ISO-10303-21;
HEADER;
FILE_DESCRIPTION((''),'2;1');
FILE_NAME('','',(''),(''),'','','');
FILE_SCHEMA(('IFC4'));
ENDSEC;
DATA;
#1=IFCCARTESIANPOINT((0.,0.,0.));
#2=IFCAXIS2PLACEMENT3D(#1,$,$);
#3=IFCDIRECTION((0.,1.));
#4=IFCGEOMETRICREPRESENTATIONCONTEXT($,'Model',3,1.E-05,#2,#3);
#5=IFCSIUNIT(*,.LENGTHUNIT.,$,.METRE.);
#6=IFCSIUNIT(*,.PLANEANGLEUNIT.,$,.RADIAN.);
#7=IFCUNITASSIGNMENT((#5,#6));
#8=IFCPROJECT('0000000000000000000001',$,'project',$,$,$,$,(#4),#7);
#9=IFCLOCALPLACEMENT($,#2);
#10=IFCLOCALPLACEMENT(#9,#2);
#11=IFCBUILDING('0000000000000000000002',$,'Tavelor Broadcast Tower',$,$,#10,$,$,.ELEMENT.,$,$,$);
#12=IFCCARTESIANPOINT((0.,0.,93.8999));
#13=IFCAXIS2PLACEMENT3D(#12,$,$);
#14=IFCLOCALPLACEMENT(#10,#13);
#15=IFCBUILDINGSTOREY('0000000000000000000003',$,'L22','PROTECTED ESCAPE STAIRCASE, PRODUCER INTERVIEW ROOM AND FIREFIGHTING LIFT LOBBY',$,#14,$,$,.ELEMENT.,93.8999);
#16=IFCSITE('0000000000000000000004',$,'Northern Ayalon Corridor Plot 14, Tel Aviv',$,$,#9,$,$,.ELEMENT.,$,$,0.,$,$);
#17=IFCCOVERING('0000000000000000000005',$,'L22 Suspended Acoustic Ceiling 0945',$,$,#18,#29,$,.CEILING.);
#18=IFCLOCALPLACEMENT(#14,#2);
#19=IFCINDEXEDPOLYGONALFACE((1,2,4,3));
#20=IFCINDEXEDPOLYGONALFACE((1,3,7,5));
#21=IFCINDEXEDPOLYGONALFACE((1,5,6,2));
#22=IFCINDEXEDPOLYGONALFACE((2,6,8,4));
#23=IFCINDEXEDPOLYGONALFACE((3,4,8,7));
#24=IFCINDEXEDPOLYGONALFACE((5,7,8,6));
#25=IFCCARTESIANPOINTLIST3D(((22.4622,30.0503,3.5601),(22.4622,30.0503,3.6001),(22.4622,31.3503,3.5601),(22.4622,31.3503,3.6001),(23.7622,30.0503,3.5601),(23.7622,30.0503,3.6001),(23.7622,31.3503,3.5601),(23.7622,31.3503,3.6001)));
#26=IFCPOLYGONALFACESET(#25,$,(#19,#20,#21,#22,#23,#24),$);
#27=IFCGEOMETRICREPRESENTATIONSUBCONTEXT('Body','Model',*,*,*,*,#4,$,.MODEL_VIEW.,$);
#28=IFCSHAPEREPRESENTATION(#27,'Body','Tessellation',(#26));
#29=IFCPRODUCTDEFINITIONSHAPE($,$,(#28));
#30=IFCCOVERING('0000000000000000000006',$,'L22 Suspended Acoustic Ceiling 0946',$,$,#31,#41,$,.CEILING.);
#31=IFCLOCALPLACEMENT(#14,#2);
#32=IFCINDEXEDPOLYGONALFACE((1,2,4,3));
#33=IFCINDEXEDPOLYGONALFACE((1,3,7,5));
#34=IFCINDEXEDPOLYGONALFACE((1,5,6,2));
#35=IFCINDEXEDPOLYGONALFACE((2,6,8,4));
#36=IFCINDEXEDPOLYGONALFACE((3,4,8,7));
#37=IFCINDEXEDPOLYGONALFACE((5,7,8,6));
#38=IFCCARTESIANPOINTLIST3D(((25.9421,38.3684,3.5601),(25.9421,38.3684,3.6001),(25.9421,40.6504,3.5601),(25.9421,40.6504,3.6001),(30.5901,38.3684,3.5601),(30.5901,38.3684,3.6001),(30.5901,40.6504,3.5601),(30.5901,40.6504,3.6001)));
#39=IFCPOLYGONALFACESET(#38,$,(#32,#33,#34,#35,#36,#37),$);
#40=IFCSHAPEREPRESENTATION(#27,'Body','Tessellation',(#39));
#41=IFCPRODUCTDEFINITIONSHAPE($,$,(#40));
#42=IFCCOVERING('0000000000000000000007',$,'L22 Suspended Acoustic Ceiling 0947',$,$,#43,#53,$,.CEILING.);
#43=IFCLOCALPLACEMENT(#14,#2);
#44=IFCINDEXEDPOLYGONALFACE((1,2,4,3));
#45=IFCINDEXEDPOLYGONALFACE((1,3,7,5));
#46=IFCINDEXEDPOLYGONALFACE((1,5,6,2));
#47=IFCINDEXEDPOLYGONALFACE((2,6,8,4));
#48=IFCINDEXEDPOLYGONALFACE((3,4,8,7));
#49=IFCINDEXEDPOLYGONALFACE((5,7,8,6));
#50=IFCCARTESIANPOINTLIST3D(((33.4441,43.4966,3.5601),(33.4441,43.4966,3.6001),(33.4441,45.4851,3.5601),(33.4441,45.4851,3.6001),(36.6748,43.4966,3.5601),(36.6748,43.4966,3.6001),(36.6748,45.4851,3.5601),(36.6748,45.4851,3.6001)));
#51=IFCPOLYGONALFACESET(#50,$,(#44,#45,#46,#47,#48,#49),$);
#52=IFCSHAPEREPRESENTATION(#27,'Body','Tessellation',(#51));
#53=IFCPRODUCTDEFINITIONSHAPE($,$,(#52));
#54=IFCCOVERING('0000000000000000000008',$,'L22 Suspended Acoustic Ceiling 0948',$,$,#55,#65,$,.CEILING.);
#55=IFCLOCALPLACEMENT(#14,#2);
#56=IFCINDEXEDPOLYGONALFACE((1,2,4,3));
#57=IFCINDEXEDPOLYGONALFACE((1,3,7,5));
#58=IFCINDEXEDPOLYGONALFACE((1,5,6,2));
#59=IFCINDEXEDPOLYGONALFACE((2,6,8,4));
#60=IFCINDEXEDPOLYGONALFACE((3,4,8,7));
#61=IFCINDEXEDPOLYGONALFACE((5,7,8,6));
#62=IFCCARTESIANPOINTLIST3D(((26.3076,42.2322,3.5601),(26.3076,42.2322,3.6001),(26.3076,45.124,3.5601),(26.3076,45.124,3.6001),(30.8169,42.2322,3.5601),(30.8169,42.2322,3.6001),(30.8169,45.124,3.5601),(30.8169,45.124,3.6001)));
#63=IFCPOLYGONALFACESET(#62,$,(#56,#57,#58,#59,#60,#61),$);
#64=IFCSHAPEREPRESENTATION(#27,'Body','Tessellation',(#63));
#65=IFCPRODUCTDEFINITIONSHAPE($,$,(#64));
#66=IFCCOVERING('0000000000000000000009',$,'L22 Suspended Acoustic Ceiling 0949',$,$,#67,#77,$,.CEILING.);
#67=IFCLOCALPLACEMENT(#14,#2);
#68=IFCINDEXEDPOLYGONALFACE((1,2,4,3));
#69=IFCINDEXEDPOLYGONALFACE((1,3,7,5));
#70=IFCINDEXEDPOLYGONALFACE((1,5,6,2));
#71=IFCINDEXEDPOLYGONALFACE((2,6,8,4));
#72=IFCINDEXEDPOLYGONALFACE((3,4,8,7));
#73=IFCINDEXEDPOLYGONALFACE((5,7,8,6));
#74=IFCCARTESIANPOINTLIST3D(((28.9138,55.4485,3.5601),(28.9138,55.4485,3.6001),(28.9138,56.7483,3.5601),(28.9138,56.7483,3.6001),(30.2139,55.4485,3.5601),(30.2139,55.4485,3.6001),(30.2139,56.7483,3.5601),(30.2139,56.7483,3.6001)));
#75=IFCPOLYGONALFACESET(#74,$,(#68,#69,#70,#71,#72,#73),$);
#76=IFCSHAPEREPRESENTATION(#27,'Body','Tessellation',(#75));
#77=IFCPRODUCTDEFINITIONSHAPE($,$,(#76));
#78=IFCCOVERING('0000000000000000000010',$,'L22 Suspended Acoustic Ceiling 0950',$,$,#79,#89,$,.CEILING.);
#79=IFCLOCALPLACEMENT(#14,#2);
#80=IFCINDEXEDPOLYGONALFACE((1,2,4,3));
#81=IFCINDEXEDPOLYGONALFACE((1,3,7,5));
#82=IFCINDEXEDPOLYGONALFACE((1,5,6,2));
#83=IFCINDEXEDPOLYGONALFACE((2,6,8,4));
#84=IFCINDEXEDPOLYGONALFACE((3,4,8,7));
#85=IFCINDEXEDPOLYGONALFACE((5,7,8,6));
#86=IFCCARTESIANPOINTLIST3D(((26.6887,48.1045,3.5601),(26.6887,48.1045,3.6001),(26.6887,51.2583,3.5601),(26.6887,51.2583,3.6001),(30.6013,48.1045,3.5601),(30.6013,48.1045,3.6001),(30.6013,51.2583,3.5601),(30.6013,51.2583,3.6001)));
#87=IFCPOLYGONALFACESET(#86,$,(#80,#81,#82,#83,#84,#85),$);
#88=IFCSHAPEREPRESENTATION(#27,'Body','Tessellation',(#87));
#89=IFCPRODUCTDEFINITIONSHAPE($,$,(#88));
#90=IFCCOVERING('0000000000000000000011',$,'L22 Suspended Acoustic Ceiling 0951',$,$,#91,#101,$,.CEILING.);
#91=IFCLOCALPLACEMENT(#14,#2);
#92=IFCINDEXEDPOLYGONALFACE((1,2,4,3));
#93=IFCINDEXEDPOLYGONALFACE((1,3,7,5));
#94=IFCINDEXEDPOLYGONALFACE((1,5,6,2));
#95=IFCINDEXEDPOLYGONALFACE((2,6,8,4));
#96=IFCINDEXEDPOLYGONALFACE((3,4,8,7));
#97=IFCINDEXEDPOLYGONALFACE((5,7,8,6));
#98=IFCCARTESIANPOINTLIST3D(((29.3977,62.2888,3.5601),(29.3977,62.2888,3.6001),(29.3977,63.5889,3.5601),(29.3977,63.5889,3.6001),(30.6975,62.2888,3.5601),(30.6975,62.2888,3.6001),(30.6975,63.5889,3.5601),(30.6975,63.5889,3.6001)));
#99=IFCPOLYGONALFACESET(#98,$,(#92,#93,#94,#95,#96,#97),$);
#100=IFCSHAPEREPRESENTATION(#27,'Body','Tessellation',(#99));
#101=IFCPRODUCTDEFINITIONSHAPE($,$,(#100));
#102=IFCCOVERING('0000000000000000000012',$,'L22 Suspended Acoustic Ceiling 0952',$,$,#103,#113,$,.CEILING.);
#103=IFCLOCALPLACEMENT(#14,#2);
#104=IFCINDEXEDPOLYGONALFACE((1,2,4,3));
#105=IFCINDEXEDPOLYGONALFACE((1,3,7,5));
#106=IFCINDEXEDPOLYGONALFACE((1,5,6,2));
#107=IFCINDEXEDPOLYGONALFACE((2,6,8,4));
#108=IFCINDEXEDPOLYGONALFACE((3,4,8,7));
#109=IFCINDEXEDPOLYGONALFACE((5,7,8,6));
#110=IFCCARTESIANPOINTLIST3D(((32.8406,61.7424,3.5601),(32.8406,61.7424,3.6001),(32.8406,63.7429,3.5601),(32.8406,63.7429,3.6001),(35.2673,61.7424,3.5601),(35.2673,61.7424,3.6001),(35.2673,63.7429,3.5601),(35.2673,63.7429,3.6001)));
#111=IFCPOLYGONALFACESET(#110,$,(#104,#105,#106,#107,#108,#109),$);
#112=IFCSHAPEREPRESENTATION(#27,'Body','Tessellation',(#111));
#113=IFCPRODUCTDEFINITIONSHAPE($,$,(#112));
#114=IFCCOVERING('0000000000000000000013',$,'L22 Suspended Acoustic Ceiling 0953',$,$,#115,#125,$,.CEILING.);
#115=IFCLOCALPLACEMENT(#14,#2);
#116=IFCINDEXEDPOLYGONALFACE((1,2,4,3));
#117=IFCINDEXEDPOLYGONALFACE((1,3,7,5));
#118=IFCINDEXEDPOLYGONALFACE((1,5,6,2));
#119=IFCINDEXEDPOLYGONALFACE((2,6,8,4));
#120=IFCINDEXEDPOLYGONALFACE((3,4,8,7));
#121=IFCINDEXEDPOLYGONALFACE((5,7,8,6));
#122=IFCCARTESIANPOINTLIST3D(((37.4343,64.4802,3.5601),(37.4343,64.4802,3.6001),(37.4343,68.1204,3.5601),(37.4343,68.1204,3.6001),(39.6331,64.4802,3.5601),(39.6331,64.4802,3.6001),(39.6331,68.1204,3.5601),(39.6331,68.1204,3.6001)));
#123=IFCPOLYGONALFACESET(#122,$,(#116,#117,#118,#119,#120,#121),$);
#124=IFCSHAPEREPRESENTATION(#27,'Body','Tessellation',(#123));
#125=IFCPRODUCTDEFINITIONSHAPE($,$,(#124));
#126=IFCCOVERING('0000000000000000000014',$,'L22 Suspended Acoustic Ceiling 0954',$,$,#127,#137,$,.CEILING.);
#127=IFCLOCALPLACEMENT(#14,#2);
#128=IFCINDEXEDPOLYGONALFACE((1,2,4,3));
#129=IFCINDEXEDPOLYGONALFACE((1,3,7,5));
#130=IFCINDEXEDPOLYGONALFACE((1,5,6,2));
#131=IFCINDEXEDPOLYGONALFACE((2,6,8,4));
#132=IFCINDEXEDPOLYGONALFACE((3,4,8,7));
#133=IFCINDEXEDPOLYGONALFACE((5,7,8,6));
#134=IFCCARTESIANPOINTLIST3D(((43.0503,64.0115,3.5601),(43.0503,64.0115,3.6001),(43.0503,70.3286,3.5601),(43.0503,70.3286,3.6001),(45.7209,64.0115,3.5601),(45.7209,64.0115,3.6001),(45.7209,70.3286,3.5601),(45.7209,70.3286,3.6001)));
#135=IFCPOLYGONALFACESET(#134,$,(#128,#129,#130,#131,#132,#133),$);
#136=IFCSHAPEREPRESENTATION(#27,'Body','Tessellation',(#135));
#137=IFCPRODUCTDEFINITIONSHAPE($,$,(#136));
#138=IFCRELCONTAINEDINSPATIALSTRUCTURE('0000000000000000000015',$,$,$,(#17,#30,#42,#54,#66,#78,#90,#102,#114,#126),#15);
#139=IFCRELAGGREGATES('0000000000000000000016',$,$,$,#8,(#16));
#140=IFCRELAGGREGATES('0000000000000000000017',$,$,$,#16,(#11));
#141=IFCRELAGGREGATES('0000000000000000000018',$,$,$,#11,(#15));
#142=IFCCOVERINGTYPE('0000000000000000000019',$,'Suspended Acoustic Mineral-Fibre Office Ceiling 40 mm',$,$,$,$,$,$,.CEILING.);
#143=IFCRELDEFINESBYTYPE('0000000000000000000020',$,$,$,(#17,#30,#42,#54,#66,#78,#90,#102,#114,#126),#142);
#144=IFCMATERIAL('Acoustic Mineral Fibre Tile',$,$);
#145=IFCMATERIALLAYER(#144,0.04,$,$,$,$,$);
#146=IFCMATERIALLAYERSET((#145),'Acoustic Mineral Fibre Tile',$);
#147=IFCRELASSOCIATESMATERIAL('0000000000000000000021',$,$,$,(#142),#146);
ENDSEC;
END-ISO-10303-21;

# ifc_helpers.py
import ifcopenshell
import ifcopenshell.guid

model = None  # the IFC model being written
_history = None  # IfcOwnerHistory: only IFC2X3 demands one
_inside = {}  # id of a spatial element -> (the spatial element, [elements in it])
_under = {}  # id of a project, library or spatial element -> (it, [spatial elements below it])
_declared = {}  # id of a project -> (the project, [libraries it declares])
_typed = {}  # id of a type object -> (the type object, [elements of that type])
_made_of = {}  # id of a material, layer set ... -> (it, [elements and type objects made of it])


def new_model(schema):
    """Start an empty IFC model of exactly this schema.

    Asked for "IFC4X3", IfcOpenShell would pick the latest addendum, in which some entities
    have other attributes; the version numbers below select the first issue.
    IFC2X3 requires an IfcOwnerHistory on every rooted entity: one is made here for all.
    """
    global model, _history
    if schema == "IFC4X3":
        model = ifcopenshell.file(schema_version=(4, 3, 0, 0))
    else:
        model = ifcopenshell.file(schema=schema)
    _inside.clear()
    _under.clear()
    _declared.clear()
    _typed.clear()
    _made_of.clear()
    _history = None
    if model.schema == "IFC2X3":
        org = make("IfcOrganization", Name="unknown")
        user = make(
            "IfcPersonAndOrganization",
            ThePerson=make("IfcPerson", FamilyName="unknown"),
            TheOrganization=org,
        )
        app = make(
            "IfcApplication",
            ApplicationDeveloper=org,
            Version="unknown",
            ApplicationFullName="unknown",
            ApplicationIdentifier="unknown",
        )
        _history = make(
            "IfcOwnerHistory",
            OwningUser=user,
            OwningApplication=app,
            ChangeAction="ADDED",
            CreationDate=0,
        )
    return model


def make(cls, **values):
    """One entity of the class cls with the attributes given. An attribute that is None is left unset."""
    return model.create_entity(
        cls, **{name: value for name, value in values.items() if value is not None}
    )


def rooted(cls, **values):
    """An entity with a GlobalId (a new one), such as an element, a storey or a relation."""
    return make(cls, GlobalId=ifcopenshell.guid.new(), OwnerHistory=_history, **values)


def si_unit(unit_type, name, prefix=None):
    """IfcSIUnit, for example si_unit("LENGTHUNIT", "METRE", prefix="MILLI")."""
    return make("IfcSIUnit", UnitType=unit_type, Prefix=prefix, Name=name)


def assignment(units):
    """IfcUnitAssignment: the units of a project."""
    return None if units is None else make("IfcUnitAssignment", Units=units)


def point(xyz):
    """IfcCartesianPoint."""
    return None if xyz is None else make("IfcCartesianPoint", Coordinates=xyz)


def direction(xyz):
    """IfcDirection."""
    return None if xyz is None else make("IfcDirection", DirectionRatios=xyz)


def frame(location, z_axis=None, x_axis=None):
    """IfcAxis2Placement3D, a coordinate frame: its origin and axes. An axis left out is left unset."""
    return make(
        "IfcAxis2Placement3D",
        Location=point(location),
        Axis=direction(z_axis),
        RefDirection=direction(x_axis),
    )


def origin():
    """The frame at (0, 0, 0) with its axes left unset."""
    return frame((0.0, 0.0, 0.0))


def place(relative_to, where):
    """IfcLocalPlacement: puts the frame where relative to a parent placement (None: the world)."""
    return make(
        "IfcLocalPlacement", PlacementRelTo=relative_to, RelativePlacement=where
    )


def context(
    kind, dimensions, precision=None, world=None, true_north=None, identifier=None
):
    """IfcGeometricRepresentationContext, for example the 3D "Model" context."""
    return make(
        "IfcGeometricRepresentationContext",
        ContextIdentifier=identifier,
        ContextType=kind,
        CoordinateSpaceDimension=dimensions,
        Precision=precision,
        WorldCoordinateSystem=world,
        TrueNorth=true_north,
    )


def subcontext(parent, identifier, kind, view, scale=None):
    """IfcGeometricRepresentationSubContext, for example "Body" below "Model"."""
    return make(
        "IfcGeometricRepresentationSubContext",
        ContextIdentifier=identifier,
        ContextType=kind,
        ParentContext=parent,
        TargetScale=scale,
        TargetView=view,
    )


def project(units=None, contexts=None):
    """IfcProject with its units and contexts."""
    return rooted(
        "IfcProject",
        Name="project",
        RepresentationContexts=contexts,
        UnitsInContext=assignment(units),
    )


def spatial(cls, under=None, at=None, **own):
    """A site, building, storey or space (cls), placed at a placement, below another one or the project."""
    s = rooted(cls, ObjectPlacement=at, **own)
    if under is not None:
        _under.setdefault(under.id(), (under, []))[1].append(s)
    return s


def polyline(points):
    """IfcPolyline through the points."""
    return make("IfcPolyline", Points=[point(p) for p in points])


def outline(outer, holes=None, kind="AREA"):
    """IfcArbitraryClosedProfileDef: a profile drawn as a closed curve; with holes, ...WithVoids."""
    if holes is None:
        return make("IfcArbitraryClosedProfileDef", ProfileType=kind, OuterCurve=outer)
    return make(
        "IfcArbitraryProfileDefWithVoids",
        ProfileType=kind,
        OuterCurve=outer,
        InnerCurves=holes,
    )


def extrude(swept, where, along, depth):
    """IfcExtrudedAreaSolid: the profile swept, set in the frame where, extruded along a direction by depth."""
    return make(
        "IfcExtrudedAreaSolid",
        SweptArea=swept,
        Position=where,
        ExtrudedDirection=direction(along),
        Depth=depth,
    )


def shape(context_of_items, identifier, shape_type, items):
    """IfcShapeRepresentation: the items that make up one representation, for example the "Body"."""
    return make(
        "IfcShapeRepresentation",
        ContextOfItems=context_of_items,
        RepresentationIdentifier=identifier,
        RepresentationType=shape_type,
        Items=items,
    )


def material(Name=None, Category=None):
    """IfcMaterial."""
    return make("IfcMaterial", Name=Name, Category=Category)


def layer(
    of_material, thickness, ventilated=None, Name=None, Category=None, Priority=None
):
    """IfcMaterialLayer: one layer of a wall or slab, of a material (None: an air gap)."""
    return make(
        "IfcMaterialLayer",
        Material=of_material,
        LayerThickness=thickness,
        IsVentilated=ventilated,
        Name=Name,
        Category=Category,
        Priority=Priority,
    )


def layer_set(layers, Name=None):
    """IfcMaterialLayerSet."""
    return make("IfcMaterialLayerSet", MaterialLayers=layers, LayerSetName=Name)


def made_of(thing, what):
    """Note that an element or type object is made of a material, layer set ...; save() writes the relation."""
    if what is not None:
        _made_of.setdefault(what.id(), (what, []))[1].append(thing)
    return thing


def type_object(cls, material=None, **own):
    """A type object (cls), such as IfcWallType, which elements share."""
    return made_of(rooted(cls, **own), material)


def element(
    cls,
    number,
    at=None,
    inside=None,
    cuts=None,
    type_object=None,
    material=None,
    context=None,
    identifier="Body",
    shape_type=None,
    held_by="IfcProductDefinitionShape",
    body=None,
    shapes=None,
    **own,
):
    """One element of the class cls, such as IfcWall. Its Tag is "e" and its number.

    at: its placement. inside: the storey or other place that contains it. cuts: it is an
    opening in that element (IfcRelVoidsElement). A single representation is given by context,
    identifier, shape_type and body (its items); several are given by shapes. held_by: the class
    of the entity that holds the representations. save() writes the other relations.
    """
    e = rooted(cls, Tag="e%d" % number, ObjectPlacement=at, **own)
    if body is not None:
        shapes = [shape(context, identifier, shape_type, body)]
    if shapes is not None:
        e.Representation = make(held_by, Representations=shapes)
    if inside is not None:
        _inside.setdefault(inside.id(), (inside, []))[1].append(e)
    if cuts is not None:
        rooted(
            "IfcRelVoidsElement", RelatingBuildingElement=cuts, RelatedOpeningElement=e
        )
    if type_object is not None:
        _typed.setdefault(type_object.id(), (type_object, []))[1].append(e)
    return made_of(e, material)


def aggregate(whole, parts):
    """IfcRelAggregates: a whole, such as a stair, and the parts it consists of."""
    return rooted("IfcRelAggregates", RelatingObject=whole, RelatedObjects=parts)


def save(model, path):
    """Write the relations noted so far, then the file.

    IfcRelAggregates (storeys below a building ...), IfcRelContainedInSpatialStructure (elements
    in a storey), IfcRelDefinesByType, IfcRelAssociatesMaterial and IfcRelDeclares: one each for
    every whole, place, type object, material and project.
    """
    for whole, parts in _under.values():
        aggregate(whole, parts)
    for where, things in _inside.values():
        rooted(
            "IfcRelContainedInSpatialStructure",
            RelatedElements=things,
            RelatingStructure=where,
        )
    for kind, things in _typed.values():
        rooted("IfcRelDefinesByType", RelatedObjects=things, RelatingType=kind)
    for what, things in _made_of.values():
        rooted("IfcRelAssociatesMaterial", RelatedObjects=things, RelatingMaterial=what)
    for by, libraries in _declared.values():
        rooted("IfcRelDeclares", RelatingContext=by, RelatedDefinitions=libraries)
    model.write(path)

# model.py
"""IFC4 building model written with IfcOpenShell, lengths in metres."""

from ifc_helpers import new_model, si_unit, direction, frame, origin, place, context, subcontext, project, spatial, polyline, outline, extrude, material, layer, layer_set, type_object, element, save


model = new_model("IFC4")

# Units and contexts
model_context = context("Model", 3, precision=1e-05, world=origin(), true_north=direction((0.0, 1.0)))
body_context = subcontext(model_context, "Body", "Model", "MODEL_VIEW")
ifc_project = project(units=[si_unit("LENGTHUNIT", "METRE"), si_unit("PLANEANGLEUNIT", "RADIAN")], contexts=[model_context])

# Site, building, storey
site_placement = place(None, origin())
site = spatial("IfcSite", under=ifc_project, at=site_placement, Name="Northern Ayalon Corridor Plot 14, Tel Aviv", CompositionType="ELEMENT", RefElevation=0.0)
building_placement = place(site_placement, origin())
building = spatial("IfcBuilding", under=site, at=building_placement, Name="Tavelor Broadcast Tower", CompositionType="ELEMENT")
storey_placement = place(building_placement, frame((0.0, 0.0, 93.8999)))
storey = spatial("IfcBuildingStorey", under=building, at=storey_placement, Name="L22", Description="PROTECTED ESCAPE STAIRCASE, PRODUCER INTERVIEW ROOM AND FIREFIGHTING LIFT LOBBY", CompositionType="ELEMENT", Elevation=93.8999)

# Coverings
ifc_material_1 = material(Name="Acoustic Mineral Fibre Tile")
ifc_layer_1 = layer(ifc_material_1, 0.04)
ifc_layer_set_1 = layer_set([ifc_layer_1], Name="Acoustic Mineral Fibre Tile")
covering_type_1 = type_object("IfcCoveringType", Name="Suspended Acoustic Mineral-Fibre Office Ceiling 40 mm", PredefinedType="CEILING", material=ifc_layer_set_1)
covering_1_placement = place(storey_placement, frame((0.0, 0.0, 3.5601)))
element("IfcCovering", 1, at=covering_1_placement, inside=storey, type_object=covering_type_1, Name="L22 Suspended Acoustic Ceiling 0945", PredefinedType="CEILING", context=body_context, shape_type="SweptSolid", body=[
    extrude(outline(polyline([(22.4622, 30.0503), (23.7622, 30.0503), (23.7622, 31.3503), (22.4622, 31.3503), (22.4622, 30.0503)])), origin(), (0.0, 0.0, 1.0), 0.04),
])
covering_2_placement = place(storey_placement, frame((0.0, 0.0, 3.5601)))
element("IfcCovering", 2, at=covering_2_placement, inside=storey, type_object=covering_type_1, Name="L22 Suspended Acoustic Ceiling 0946", PredefinedType="CEILING", context=body_context, shape_type="SweptSolid", body=[
    extrude(outline(polyline([(25.9421, 38.3684), (30.5901, 38.3684), (30.5901, 40.6504), (25.9421, 40.6504), (25.9421, 38.3684)])), origin(), (0.0, 0.0, 1.0), 0.04),
])
covering_3_placement = place(storey_placement, frame((0.0, 0.0, 3.5601)))
element("IfcCovering", 3, at=covering_3_placement, inside=storey, type_object=covering_type_1, Name="L22 Suspended Acoustic Ceiling 0947", PredefinedType="CEILING", context=body_context, shape_type="SweptSolid", body=[
    extrude(outline(polyline([(33.4441, 43.4966), (36.6748, 43.4966), (36.6748, 45.4851), (33.4441, 45.4851), (33.4441, 43.4966)])), origin(), (0.0, 0.0, 1.0), 0.04),
])
covering_4_placement = place(storey_placement, frame((0.0, 0.0, 3.5601)))
element("IfcCovering", 4, at=covering_4_placement, inside=storey, type_object=covering_type_1, Name="L22 Suspended Acoustic Ceiling 0948", PredefinedType="CEILING", context=body_context, shape_type="SweptSolid", body=[
    extrude(outline(polyline([(26.3076, 42.2322), (30.8169, 42.2322), (30.8169, 45.124), (26.3076, 45.124), (26.3076, 42.2322)])), origin(), (0.0, 0.0, 1.0), 0.04),
])
covering_5_placement = place(storey_placement, frame((0.0, 0.0, 3.5601)))
element("IfcCovering", 5, at=covering_5_placement, inside=storey, type_object=covering_type_1, Name="L22 Suspended Acoustic Ceiling 0949", PredefinedType="CEILING", context=body_context, shape_type="SweptSolid", body=[
    extrude(outline(polyline([(28.9138, 55.4485), (30.2139, 55.4485), (30.2139, 56.7483), (28.9138, 56.7483), (28.9138, 55.4485)])), origin(), (0.0, 0.0, 1.0), 0.04),
])
covering_6_placement = place(storey_placement, frame((0.0, 0.0, 3.5601)))
element("IfcCovering", 6, at=covering_6_placement, inside=storey, type_object=covering_type_1, Name="L22 Suspended Acoustic Ceiling 0950", PredefinedType="CEILING", context=body_context, shape_type="SweptSolid", body=[
    extrude(outline(polyline([(26.6887, 48.1045), (30.6013, 48.1045), (30.6013, 51.2583), (26.6887, 51.2583), (26.6887, 48.1045)])), origin(), (0.0, 0.0, 1.0), 0.04),
])
covering_7_placement = place(storey_placement, frame((0.0, 0.0, 3.5601)))
element("IfcCovering", 7, at=covering_7_placement, inside=storey, type_object=covering_type_1, Name="L22 Suspended Acoustic Ceiling 0951", PredefinedType="CEILING", context=body_context, shape_type="SweptSolid", body=[
    extrude(outline(polyline([(29.3977, 62.2888), (30.6975, 62.2888), (30.6975, 63.5889), (29.3977, 63.5889), (29.3977, 62.2888)])), origin(), (0.0, 0.0, 1.0), 0.04),
])
covering_8_placement = place(storey_placement, frame((0.0, 0.0, 3.5601)))
element("IfcCovering", 8, at=covering_8_placement, inside=storey, type_object=covering_type_1, Name="L22 Suspended Acoustic Ceiling 0952", PredefinedType="CEILING", context=body_context, shape_type="SweptSolid", body=[
    extrude(outline(polyline([(32.8406, 61.7424), (35.2673, 61.7424), (35.2673, 63.7429), (32.8406, 63.7429), (32.8406, 61.7424)])), origin(), (0.0, 0.0, 1.0), 0.04),
])
covering_9_placement = place(storey_placement, frame((0.0, 0.0, 3.5601)))
element("IfcCovering", 9, at=covering_9_placement, inside=storey, type_object=covering_type_1, Name="L22 Suspended Acoustic Ceiling 0953", PredefinedType="CEILING", context=body_context, shape_type="SweptSolid", body=[
    extrude(outline(polyline([(37.4343, 64.4802), (39.6331, 64.4802), (39.6331, 68.1204), (37.4343, 68.1204), (37.4343, 64.4802)])), origin(), (0.0, 0.0, 1.0), 0.04),
])
covering_10_placement = place(storey_placement, frame((0.0, 0.0, 3.5601)))
element("IfcCovering", 10, at=covering_10_placement, inside=storey, type_object=covering_type_1, Name="L22 Suspended Acoustic Ceiling 0954", PredefinedType="CEILING", context=body_context, shape_type="SweptSolid", body=[
    extrude(outline(polyline([(43.0503, 64.0115), (45.7209, 64.0115), (45.7209, 70.3286), (43.0503, 70.3286), (43.0503, 64.0115)])), origin(), (0.0, 0.0, 1.0), 0.04),
])

save(model, "model.ifc")
